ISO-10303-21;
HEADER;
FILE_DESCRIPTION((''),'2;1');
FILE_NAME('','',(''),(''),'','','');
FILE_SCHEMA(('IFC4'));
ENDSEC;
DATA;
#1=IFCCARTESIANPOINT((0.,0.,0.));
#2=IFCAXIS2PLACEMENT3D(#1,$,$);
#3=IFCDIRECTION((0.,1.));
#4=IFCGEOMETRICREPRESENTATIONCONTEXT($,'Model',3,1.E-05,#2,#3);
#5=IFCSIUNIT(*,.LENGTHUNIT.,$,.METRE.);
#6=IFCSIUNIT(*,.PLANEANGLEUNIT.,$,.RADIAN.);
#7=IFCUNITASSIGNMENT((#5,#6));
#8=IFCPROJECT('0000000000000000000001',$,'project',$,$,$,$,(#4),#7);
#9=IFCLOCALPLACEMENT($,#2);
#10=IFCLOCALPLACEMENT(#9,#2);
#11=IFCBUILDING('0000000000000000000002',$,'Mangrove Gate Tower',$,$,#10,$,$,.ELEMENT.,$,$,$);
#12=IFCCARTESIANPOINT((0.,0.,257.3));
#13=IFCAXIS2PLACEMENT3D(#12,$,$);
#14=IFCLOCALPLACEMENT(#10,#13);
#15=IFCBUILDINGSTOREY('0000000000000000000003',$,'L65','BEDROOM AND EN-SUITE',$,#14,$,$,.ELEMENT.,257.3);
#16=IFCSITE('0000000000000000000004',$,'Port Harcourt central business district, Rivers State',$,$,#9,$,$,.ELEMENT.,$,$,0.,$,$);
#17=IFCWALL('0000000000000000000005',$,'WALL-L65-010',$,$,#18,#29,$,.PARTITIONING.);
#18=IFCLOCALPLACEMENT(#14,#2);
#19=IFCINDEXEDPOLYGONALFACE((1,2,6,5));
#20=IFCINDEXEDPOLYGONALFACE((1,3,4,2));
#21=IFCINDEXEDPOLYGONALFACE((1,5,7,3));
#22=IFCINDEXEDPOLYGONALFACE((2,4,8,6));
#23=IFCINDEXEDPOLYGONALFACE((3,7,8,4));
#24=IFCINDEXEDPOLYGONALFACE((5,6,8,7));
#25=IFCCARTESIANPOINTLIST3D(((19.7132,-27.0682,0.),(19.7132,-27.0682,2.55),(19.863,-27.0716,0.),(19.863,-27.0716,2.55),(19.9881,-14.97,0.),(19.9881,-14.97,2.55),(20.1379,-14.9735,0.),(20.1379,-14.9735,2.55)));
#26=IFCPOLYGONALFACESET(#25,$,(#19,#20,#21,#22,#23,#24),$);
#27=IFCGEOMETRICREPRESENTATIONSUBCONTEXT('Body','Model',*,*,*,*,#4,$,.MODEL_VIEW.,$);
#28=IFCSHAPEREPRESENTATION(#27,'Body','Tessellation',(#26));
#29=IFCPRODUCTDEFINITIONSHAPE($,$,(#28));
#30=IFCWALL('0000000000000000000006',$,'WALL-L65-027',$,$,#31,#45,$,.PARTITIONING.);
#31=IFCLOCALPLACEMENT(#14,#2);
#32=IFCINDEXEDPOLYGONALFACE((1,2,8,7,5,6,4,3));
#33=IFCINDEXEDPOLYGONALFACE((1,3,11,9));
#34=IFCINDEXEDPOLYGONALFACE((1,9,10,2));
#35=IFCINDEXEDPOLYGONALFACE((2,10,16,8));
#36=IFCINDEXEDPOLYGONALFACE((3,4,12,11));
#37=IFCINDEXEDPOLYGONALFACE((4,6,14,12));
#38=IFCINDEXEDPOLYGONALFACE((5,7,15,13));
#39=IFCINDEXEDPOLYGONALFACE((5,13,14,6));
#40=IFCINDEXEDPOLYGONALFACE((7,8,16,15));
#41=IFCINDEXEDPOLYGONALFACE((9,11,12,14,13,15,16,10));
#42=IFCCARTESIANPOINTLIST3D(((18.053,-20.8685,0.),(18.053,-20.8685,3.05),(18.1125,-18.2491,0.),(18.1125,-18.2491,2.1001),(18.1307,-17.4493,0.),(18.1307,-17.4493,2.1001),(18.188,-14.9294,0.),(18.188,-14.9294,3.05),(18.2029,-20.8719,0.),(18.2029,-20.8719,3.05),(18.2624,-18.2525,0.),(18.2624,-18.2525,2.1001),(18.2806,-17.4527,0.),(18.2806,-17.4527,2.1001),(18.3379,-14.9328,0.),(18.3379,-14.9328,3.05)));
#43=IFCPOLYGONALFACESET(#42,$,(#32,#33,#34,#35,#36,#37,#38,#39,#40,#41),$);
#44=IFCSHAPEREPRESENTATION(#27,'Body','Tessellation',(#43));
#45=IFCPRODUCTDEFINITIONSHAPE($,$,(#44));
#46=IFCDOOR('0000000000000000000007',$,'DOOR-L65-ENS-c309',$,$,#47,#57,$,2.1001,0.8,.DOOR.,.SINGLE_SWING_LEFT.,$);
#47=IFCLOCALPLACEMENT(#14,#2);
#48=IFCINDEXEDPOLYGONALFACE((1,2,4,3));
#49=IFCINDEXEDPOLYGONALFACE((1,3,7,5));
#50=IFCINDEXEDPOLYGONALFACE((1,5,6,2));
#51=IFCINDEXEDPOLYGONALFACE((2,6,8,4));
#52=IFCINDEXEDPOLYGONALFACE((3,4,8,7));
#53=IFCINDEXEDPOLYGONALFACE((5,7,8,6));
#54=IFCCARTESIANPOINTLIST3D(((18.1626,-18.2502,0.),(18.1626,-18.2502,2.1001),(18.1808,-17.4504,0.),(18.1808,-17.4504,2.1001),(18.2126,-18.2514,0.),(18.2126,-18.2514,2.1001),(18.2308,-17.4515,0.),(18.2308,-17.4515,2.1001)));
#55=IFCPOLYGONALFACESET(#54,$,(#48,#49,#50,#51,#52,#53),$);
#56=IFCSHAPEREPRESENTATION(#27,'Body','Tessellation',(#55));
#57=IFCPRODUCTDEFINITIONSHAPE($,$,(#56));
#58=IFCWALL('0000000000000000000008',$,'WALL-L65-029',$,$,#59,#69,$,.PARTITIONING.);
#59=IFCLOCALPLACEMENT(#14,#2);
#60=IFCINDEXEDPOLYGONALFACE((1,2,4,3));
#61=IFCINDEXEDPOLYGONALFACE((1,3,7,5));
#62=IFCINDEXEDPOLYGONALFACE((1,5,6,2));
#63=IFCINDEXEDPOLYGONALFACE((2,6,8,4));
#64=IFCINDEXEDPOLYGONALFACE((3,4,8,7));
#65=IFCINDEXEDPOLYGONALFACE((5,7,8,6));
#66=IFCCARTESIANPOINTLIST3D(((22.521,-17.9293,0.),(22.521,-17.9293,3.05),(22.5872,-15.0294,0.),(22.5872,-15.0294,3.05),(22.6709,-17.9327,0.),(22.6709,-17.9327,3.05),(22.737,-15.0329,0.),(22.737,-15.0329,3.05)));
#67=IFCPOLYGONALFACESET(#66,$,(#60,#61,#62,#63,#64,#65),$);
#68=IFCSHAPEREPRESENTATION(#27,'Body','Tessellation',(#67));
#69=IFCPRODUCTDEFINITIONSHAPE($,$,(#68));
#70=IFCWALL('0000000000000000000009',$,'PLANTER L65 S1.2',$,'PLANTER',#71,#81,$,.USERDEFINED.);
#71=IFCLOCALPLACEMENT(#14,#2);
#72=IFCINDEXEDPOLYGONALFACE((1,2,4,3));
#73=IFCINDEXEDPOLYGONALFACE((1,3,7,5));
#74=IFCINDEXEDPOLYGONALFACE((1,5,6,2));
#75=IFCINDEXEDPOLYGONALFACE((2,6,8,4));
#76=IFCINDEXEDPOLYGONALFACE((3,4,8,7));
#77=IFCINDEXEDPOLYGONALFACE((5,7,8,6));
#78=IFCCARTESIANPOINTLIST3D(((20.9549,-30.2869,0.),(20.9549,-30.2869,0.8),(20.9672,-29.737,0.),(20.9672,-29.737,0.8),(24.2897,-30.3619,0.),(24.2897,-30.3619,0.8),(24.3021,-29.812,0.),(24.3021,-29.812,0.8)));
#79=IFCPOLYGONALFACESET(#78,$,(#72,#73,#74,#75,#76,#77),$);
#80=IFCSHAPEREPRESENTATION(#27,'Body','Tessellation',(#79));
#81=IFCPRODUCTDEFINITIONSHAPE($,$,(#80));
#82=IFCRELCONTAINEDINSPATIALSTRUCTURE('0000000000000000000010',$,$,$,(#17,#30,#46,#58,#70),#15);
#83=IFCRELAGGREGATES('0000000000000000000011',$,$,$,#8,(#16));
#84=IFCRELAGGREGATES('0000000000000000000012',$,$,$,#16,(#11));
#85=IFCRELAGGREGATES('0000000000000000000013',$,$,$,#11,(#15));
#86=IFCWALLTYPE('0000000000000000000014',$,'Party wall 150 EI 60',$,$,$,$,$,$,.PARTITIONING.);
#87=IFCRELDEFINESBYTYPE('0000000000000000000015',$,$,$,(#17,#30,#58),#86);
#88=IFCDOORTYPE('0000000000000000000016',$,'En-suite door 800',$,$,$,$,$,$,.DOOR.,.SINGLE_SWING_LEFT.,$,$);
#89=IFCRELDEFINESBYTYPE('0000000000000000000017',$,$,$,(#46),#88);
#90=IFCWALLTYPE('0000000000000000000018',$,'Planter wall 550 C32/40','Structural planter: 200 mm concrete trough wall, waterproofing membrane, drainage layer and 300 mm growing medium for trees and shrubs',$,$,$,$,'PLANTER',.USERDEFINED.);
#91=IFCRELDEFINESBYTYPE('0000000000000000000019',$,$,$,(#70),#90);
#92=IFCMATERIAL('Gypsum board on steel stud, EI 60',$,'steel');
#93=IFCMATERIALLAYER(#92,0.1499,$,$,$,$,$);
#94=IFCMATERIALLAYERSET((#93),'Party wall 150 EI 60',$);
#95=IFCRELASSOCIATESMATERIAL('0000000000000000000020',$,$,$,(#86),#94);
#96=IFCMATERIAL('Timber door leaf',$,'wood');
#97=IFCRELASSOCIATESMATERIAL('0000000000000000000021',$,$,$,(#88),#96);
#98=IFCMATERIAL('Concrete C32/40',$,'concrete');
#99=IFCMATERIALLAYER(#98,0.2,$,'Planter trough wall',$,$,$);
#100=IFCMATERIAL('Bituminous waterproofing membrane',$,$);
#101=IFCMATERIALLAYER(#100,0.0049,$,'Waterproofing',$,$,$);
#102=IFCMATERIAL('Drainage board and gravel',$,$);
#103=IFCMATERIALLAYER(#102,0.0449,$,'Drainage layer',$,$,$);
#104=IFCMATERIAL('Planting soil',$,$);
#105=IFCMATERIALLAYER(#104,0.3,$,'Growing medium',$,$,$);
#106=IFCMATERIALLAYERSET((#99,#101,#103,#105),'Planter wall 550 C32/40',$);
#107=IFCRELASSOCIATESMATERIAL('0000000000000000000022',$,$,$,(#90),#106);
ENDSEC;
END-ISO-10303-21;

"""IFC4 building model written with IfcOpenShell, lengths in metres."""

from ifc_helpers import new_model, si_unit, direction, frame, frame_2d, origin, place, context, subcontext, project, spatial, rectangle, extrude, material, layer, layer_set, type_object, element, fill, save


model = new_model("IFC4")

# Units and contexts
model_context = context("Model", 3, precision=1e-05, world=origin(), true_north=direction((0.0, 1.0)))
body_context = subcontext(model_context, "Body", "Model", "MODEL_VIEW")
ifc_project = project(units=[si_unit("LENGTHUNIT", "METRE"), si_unit("PLANEANGLEUNIT", "RADIAN")], contexts=[model_context])

# Site, building, storey
site_placement = place(None, origin())
site = spatial("IfcSite", under=ifc_project, at=site_placement, Name="Port Harcourt central business district, Rivers State", CompositionType="ELEMENT", RefElevation=0.0)
building_placement = place(site_placement, origin())
building = spatial("IfcBuilding", under=site, at=building_placement, Name="Mangrove Gate Tower", CompositionType="ELEMENT")
storey_placement = place(building_placement, frame((0.0, 0.0, 257.3)))
storey = spatial("IfcBuildingStorey", under=building, at=storey_placement, Name="L65", Description="BEDROOM AND EN-SUITE", CompositionType="ELEMENT", Elevation=257.3)

# Wall
ifc_material_1 = material(Name="Gypsum board on steel stud, EI 60", Category="steel")
ifc_layer_1 = layer(ifc_material_1, 0.1499)
ifc_layer_set_1 = layer_set([ifc_layer_1], Name="Party wall 150 EI 60")
wall_type_1 = type_object("IfcWallType", Name="Party wall 150 EI 60", PredefinedType="PARTITIONING", material=ifc_layer_set_1)
wall_1_placement = place(storey_placement, frame((19.7881, -27.0701, 0.0), z_axis=(0.0, 0.0, 1.0), x_axis=(0.022717, 0.999742, 0.0)))
element("IfcWall", 1, at=wall_1_placement, inside=storey, type_object=wall_type_1, Name="WALL-L65-010", PredefinedType="PARTITIONING", context=body_context, shape_type="SweptSolid", body=[
    extrude(rectangle(XDim=12.1013, YDim=0.1499, at=frame_2d((6.0508, 0.0))), origin(), (0.0, 0.0, 1.0), 2.55),
])

# Wall, opening, door
wall_2_placement = place(storey_placement, frame((18.1279, -20.8701, 0.0), z_axis=(0.0, 0.0, 1.0), x_axis=(0.022726, 0.999742, 0.0)))
wall_2 = element("IfcWall", 2, at=wall_2_placement, inside=storey, type_object=wall_type_1, Name="WALL-L65-027", PredefinedType="PARTITIONING", context=body_context, shape_type="SweptSolid", body=[
    extrude(rectangle(XDim=5.9407, YDim=0.1499, at=frame_2d((2.9702, 0.0))), origin(), (0.0, 0.0, 1.0), 3.05),
])
opening_1_placement = place(wall_2_placement, frame((2.6201, 0.0, 0.0)))
opening_1 = element("IfcOpeningElement", 3, at=opening_1_placement, cuts=wall_2, PredefinedType="OPENING", context=body_context, shape_type="SweptSolid", body=[
    extrude(rectangle(XDim=0.8, YDim=2.1001, at=frame_2d((0.3999, 1.05))), frame((0.0, 0.085, 0.0), z_axis=(0.0, -1.0, 0.0), x_axis=(1.0, 0.0, 0.0)), (0.0, 0.0, 1.0), 0.1699),
])
ifc_material_2 = material(Name="Timber door leaf", Category="wood")
door_type_1 = type_object("IfcDoorType", Name="En-suite door 800", OperationType="SINGLE_SWING_LEFT", PredefinedType="DOOR", material=ifc_material_2)
door_1_placement = place(opening_1_placement, origin())
door_1 = element("IfcDoor", 4, at=door_1_placement, inside=storey, type_object=door_type_1, Name="DOOR-L65-ENS-c309", OperationType="SINGLE_SWING_LEFT", OverallHeight=2.1001, OverallWidth=0.8, PredefinedType="DOOR", context=body_context, shape_type="SweptSolid", body=[
    extrude(rectangle(XDim=0.8, YDim=2.1001, at=frame_2d((0.3999, 1.05))), frame((0.0, 0.0249, 0.0), z_axis=(0.0, -1.0, 0.0), x_axis=(1.0, 0.0, 0.0)), (0.0, 0.0, 1.0), 0.05),
])
fill(opening_1, door_1)

# Walls
wall_3_placement = place(storey_placement, frame((22.5959, -17.9309, 0.0), z_axis=(0.0, 0.0, 1.0), x_axis=(0.022809, 0.99974, 0.0)))
element("IfcWall", 5, at=wall_3_placement, inside=storey, type_object=wall_type_1, Name="WALL-L65-029", PredefinedType="PARTITIONING", context=body_context, shape_type="SweptSolid", body=[
    extrude(rectangle(XDim=2.9006, YDim=0.1499, at=frame_2d((1.4502, 0.0))), origin(), (0.0, 0.0, 1.0), 3.05),
])
ifc_material_3 = material(Name="Concrete C32/40", Category="concrete")
ifc_layer_2 = layer(ifc_material_3, 0.2, Name="Planter trough wall")
ifc_material_4 = material(Name="Bituminous waterproofing membrane")
ifc_layer_3 = layer(ifc_material_4, 0.0049, Name="Waterproofing")
ifc_material_5 = material(Name="Drainage board and gravel")
ifc_layer_4 = layer(ifc_material_5, 0.0449, Name="Drainage layer")
ifc_material_6 = material(Name="Planting soil")
ifc_layer_5 = layer(ifc_material_6, 0.3, Name="Growing medium")
ifc_layer_set_2 = layer_set([ifc_layer_2, ifc_layer_3, ifc_layer_4, ifc_layer_5], Name="Planter wall 550 C32/40")
wall_type_2 = type_object("IfcWallType", Name="Planter wall 550 C32/40", Description="Structural planter: 200 mm concrete trough wall, waterproofing membrane, drainage layer and 300 mm growing medium for trees and shrubs", ElementType="PLANTER", PredefinedType="USERDEFINED", material=ifc_layer_set_2)
wall_4_placement = place(storey_placement, frame((20.9609, -30.012, 0.0), z_axis=(0.0, 0.0, 1.0), x_axis=(0.999748, -0.022469, 0.0)))
element("IfcWall", 6, at=wall_4_placement, inside=storey, type_object=wall_type_2, Name="PLANTER L65 S1.2", ObjectType="PLANTER", PredefinedType="USERDEFINED", context=body_context, shape_type="SweptSolid", body=[
    extrude(rectangle(XDim=3.3357, YDim=0.55, at=frame_2d((1.668, 0.0))), origin(), (0.0, 0.0, 1.0), 0.8),
])

save(model, "model.ifc")
